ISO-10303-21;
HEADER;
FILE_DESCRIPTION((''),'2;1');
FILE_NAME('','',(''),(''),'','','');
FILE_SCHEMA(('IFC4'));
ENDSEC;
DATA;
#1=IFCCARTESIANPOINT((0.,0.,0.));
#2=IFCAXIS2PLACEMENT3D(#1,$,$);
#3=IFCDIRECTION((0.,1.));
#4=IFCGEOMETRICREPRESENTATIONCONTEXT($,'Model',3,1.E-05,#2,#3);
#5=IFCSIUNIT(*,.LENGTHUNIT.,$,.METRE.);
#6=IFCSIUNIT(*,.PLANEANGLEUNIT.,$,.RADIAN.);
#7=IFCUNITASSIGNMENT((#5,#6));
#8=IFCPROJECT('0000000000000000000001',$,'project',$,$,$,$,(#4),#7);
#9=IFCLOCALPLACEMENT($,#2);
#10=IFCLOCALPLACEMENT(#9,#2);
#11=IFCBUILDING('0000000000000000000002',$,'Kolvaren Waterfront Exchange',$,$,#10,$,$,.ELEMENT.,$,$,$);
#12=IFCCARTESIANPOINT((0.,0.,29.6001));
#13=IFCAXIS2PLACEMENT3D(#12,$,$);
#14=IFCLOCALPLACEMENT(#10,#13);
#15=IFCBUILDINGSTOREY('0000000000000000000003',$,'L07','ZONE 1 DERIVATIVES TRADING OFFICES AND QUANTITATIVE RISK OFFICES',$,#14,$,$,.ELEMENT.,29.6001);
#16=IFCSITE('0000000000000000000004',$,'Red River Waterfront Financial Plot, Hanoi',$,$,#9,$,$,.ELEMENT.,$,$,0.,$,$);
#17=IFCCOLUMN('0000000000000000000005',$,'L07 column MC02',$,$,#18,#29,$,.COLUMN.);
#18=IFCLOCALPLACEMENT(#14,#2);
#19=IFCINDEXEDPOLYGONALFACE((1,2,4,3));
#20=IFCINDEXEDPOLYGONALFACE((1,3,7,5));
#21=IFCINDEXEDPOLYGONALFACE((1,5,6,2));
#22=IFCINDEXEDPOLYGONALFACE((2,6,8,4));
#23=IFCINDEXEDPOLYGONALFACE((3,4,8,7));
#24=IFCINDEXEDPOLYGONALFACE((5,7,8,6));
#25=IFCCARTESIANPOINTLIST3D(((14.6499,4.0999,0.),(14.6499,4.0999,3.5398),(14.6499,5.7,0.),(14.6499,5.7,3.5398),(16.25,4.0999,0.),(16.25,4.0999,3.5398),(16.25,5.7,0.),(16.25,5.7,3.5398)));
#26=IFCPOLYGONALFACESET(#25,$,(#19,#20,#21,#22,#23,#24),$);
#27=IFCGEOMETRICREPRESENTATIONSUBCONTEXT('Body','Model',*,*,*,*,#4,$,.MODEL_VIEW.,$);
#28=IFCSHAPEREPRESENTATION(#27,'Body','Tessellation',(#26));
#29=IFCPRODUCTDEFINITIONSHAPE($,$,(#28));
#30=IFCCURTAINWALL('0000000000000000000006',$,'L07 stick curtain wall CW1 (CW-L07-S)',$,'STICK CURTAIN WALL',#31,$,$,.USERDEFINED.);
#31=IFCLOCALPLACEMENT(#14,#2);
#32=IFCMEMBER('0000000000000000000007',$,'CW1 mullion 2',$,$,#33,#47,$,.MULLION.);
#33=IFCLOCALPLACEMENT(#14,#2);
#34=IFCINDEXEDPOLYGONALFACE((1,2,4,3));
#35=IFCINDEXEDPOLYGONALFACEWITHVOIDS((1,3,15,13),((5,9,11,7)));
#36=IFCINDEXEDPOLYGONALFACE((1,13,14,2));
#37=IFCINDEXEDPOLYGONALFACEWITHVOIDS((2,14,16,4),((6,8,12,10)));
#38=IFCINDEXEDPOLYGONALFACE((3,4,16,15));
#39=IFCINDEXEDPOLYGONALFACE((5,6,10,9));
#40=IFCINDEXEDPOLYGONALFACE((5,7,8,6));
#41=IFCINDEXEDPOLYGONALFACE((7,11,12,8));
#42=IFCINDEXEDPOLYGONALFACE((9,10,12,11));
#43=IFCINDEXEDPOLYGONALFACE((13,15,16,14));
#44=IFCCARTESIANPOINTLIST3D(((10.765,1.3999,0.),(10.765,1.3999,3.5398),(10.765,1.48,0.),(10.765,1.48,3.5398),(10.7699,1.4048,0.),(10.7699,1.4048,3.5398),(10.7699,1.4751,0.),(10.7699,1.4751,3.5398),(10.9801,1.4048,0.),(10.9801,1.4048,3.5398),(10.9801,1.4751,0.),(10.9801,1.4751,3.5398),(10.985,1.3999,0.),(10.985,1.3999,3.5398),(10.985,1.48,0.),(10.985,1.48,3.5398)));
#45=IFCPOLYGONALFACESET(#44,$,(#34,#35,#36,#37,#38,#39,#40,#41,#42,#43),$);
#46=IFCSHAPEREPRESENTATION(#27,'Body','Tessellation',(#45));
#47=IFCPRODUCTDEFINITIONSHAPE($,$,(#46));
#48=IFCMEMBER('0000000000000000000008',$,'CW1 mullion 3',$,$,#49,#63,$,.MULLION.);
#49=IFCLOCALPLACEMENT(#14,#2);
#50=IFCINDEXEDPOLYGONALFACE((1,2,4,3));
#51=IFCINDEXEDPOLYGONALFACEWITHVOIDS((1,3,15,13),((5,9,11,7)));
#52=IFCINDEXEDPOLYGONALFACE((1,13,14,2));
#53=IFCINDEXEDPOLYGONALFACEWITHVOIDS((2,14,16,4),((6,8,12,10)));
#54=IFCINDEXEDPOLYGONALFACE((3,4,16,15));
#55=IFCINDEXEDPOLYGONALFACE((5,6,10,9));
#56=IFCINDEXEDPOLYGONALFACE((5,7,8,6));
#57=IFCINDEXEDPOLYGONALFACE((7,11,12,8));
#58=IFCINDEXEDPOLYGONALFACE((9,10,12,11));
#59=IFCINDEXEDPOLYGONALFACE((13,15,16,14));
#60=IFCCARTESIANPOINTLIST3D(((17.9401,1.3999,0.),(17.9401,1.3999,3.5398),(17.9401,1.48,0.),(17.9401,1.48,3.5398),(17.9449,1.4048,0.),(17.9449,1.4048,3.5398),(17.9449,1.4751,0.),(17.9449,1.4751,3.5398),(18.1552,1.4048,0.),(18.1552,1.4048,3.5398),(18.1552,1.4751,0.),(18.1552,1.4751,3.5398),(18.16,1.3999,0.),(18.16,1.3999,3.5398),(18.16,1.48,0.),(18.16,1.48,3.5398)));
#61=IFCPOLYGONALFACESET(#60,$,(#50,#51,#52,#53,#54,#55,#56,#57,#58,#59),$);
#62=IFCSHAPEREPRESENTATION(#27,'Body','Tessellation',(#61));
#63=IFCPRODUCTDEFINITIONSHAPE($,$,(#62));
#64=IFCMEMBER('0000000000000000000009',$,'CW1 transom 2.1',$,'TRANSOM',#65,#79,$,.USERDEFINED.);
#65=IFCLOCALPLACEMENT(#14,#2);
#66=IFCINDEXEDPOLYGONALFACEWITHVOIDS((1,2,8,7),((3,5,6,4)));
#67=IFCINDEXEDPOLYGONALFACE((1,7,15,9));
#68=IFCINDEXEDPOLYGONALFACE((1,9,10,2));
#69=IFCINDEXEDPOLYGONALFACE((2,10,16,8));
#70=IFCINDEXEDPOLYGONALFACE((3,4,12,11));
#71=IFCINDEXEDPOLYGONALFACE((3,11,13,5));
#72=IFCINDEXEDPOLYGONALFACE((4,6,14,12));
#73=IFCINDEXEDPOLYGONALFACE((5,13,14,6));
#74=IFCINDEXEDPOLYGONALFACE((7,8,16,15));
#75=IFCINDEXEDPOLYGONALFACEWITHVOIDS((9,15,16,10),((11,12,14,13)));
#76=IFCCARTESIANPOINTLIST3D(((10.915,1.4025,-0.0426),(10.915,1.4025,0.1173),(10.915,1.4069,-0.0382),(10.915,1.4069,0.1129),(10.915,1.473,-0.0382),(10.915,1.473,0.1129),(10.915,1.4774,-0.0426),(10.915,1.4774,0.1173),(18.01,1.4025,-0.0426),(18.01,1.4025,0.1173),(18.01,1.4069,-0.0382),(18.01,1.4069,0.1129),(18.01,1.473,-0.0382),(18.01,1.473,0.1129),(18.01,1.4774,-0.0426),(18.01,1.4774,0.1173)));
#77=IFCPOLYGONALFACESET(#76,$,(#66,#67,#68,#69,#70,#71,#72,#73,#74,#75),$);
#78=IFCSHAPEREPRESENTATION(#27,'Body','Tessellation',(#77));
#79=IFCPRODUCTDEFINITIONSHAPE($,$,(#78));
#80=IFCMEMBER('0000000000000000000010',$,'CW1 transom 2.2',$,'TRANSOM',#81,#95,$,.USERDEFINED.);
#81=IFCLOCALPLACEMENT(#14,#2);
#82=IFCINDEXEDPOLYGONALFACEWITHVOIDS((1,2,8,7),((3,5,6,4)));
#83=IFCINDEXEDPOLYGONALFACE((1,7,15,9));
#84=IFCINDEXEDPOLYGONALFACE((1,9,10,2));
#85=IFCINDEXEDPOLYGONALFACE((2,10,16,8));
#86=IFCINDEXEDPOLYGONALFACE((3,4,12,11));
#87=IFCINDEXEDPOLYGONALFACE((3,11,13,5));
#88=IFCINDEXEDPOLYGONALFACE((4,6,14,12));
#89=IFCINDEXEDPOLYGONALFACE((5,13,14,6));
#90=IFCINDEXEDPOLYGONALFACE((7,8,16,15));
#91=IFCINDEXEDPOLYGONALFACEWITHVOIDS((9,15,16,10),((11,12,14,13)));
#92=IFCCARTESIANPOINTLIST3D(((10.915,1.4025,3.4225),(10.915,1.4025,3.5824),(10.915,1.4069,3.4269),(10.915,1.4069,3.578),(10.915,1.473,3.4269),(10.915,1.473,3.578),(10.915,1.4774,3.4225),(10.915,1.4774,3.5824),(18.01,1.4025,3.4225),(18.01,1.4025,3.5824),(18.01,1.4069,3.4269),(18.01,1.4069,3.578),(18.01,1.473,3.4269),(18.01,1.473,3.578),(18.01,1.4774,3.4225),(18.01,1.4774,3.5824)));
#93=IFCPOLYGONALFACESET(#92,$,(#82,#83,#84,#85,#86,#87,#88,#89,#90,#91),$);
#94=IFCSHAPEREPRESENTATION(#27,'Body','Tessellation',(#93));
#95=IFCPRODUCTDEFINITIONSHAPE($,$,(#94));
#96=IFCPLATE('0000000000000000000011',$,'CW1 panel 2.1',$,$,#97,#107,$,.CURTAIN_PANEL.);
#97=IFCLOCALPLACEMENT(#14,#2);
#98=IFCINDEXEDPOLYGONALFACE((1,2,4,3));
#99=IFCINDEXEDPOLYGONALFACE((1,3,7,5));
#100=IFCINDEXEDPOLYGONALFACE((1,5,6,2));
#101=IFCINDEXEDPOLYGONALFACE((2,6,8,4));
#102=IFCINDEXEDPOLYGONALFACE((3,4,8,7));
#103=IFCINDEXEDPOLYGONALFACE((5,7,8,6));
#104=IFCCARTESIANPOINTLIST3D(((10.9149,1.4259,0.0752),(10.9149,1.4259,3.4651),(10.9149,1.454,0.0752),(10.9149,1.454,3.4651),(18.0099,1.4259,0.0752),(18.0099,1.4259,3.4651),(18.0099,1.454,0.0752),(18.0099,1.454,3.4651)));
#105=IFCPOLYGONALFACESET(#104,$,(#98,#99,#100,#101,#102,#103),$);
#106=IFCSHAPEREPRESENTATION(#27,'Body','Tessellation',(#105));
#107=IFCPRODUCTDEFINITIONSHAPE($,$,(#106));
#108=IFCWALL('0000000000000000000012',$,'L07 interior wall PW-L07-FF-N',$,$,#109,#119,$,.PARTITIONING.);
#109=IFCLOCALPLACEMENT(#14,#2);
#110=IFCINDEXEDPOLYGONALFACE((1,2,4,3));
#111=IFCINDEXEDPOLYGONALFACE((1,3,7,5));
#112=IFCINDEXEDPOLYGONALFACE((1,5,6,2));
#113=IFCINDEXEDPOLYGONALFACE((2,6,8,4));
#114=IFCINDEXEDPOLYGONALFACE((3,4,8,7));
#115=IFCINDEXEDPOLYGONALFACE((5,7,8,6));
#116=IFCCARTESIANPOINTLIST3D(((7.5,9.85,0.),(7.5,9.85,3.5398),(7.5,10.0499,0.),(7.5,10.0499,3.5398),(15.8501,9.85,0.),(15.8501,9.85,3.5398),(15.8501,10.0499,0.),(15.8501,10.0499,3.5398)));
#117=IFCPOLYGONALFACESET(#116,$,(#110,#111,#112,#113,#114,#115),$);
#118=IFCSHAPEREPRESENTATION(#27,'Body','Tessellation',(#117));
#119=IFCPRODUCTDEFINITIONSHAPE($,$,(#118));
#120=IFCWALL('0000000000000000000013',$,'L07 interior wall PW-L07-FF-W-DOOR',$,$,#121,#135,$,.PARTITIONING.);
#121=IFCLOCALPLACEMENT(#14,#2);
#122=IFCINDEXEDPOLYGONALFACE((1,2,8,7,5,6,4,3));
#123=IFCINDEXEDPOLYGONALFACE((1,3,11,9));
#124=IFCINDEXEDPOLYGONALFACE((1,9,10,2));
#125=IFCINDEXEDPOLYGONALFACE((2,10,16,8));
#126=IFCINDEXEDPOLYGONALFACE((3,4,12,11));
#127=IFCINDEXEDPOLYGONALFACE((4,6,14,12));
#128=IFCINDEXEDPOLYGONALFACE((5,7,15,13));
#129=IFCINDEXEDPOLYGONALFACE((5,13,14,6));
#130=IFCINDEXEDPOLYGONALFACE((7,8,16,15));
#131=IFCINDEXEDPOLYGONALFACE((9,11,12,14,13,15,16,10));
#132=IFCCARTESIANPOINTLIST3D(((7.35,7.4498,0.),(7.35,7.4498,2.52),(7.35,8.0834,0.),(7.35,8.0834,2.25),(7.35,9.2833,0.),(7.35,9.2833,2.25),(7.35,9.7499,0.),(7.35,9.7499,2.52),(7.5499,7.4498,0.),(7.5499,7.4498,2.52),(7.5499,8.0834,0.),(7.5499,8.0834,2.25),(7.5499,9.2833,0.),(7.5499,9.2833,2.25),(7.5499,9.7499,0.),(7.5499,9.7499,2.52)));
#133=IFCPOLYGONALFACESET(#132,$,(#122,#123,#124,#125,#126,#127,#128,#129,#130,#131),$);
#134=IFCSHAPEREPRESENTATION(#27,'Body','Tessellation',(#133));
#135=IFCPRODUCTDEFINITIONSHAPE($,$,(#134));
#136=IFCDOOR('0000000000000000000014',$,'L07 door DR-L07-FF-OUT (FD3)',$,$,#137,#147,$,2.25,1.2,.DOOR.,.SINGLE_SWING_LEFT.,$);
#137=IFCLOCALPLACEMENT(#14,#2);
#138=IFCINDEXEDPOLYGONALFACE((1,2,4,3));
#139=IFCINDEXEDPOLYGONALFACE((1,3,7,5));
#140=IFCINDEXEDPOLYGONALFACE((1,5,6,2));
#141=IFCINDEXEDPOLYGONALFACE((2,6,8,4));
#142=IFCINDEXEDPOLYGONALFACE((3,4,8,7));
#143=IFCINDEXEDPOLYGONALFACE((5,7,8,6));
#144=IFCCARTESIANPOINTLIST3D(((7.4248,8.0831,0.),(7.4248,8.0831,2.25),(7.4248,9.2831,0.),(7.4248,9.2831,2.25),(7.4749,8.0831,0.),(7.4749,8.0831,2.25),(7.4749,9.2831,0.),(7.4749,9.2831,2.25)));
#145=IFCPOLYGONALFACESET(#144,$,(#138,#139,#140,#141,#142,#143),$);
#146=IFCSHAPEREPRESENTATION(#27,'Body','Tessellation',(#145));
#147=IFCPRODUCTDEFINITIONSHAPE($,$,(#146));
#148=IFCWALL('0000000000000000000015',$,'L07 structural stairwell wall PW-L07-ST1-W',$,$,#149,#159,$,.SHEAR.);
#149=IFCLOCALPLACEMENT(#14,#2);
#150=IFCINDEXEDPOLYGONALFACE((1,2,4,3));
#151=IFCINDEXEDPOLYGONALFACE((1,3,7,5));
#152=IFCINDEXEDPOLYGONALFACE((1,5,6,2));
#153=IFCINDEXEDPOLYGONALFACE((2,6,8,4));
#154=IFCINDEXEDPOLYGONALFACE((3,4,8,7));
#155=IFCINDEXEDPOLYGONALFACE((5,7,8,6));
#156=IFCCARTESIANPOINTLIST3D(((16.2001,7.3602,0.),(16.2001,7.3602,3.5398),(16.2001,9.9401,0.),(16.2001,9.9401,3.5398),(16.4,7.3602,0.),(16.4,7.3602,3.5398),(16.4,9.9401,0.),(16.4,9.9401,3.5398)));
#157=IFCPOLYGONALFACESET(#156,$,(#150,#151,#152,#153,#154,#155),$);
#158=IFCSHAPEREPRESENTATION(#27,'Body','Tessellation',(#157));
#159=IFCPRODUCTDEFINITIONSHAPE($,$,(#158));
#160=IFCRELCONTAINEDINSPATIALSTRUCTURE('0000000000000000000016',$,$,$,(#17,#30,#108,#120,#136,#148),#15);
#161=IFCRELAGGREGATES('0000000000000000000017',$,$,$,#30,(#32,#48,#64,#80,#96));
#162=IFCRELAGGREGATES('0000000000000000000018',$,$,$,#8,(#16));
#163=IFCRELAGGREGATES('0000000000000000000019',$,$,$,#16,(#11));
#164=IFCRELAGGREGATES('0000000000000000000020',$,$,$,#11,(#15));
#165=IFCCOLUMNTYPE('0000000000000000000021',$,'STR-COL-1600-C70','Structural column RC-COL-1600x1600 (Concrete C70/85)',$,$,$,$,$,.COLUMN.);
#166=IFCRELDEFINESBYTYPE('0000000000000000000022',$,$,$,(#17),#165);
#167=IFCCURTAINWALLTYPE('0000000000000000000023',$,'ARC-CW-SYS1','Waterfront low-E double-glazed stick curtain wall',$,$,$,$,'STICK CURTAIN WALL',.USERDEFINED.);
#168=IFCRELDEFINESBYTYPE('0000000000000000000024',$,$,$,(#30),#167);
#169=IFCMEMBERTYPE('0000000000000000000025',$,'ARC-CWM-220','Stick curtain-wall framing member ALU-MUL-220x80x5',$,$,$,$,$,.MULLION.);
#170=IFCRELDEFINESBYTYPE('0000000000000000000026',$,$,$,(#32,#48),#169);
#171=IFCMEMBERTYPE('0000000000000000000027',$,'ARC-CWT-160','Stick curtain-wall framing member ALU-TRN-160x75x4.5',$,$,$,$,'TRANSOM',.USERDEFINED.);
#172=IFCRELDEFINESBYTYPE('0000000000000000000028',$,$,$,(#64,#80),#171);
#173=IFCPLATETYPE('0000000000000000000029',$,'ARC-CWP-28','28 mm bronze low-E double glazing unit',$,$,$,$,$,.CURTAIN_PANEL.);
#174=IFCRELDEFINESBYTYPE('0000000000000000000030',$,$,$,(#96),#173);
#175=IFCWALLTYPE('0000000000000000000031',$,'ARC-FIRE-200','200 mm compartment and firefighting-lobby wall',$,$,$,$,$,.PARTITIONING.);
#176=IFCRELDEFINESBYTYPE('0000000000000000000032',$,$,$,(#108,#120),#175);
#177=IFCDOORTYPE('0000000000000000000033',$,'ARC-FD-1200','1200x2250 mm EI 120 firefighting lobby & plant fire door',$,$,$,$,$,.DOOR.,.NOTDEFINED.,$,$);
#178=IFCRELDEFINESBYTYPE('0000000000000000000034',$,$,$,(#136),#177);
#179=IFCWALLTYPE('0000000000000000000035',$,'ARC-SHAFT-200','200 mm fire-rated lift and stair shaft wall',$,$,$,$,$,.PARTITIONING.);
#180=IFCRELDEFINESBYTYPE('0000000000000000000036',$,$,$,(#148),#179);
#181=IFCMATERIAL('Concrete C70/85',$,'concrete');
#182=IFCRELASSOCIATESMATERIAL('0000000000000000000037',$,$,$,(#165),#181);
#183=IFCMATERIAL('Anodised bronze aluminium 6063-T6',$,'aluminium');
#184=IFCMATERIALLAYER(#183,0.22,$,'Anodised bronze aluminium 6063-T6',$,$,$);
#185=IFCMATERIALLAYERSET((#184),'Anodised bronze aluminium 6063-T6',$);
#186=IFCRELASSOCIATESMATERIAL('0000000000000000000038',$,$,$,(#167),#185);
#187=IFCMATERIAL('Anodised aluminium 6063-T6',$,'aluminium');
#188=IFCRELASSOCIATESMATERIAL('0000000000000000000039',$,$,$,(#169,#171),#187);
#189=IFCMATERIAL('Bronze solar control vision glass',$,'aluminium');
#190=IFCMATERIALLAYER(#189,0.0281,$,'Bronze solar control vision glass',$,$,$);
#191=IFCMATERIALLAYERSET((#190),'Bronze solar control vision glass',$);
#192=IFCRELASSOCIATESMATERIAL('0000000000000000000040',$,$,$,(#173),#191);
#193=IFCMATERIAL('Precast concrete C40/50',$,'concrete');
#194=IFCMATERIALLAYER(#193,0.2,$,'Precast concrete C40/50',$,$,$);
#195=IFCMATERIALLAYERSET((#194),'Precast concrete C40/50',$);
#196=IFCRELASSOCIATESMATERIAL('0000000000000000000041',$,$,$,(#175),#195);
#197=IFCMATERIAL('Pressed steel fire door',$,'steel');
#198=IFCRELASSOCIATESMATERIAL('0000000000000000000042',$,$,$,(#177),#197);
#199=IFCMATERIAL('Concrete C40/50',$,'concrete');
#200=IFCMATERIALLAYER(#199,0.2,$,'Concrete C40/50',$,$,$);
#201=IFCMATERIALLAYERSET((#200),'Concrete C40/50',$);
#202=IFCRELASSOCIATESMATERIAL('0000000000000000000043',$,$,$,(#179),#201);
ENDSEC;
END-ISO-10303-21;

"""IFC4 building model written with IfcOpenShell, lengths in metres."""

from ifc_helpers import new_model, si_unit, direction, frame, frame_2d, origin, origin_with_axes, origin_2d, place, context, subcontext, project, spatial, rectangle, hollow_rectangle, extrude, source, transform, mapped, material, layer, layer_set, material_profile, profile_set, type_object, element, fill, aggregate, save


model = new_model("IFC4")

# Units and contexts
model_context = context("Model", 3, precision=1e-05, world=origin(), true_north=direction((0.0, 1.0)))
body_context = subcontext(model_context, "Body", "Model", "MODEL_VIEW")
ifc_project = project(units=[si_unit("LENGTHUNIT", "METRE"), si_unit("PLANEANGLEUNIT", "RADIAN")], contexts=[model_context])

# Site, building, storey
site_placement = place(None, origin())
site = spatial("IfcSite", under=ifc_project, at=site_placement, Name="Red River Waterfront Financial Plot, Hanoi", CompositionType="ELEMENT", RefElevation=0.0)
building_placement = place(site_placement, origin())
building = spatial("IfcBuilding", under=site, at=building_placement, Name="Kolvaren Waterfront Exchange", CompositionType="ELEMENT")
storey_placement = place(building_placement, frame((0.0, 0.0, 29.6001)))
storey = spatial("IfcBuildingStorey", under=building, at=storey_placement, Name="L07", Description="ZONE 1 DERIVATIVES TRADING OFFICES AND QUANTITATIVE RISK OFFICES", CompositionType="ELEMENT", Elevation=29.6001)

# Column
ifc_material_1 = material(Name="Concrete C70/85", Category="concrete")
ifc_material_profile_1 = material_profile(ifc_material_1, rectangle(XDim=1.6001, YDim=1.6001, at=origin_2d()), Name="RC-COL-1600x1600")
ifc_profile_set_1 = profile_set([ifc_material_profile_1], Name="Concrete C70/85")
column_type = type_object("IfcColumnType", Name="STR-COL-1600-C70", Description="Structural column RC-COL-1600x1600 (Concrete C70/85)", PredefinedType="COLUMN", material=ifc_profile_set_1)
column_placement = place(storey_placement, frame((15.45, 4.8999, 0.0), z_axis=(0.0, 0.0, 1.0), x_axis=(1.0, 0.0, 0.0)))
element("IfcColumn", 1, at=column_placement, inside=storey, type_object=column_type, Name="L07 column MC02", PredefinedType="COLUMN", context=body_context, shape_type="SweptSolid", body=[
    extrude(rectangle(XDim=1.6001, YDim=1.6001, at=origin_2d()), origin(), (0.0, 0.0, 1.0), 3.5398),
])

# Curtain wall, members, plate
ifc_material_2 = material(Name="Anodised bronze aluminium 6063-T6", Category="aluminium")
ifc_layer_1 = layer(ifc_material_2, 0.22, Name="Anodised bronze aluminium 6063-T6")
ifc_layer_set_1 = layer_set([ifc_layer_1], Name="Anodised bronze aluminium 6063-T6")
curtain_wall_type = type_object("IfcCurtainWallType", Name="ARC-CW-SYS1", Description="Waterfront low-E double-glazed stick curtain wall", ElementType="STICK CURTAIN WALL", PredefinedType="USERDEFINED", material=ifc_layer_set_1)
curtain_wall_placement = place(storey_placement, origin())
curtain_wall = element("IfcCurtainWall", 2, at=curtain_wall_placement, inside=storey, type_object=curtain_wall_type, Name="L07 stick curtain wall CW1 (CW-L07-S)", ObjectType="STICK CURTAIN WALL", PredefinedType="USERDEFINED")
ifc_material_3 = material(Name="Anodised aluminium 6063-T6", Category="aluminium")
ifc_material_profile_2 = material_profile(ifc_material_3, hollow_rectangle(XDim=0.0801, YDim=0.22, WallThickness=0.0049, at=origin_2d()), Name="ALU-MUL-220x80x5")
ifc_profile_set_2 = profile_set([ifc_material_profile_2], Name="Anodised aluminium 6063-T6")
member_type_1 = type_object("IfcMemberType", Name="ARC-CWM-220", Description="Stick curtain-wall framing member ALU-MUL-220x80x5", PredefinedType="MULLION", material=ifc_profile_set_2)
shared_shape_1 = source(origin_with_axes(), body_context, "Body", "SweptSolid", [
    extrude(hollow_rectangle(XDim=0.0801, YDim=0.22, WallThickness=0.0049, at=origin_2d()), origin(), (0.0, 0.0, 1.0), 3.5398),
])
member_1_placement = place(storey_placement, frame((10.875, 1.4399, 0.0), z_axis=(0.0, 0.0, 1.0), x_axis=(0.0, 1.0, 0.0)))
member_1 = element("IfcMember", 3, at=member_1_placement, type_object=member_type_1, Name="CW1 mullion 2", PredefinedType="MULLION", context=body_context, shape_type="MappedRepresentation", body=[
    mapped(shared_shape_1, transform((0.0, 0.0, 0.0), x_axis=(1.0, 0.0, 0.0), y_axis=(0.0, 1.0, 0.0), z_axis=(0.0, 0.0, 1.0), scale=1.0)),
])
member_2_placement = place(storey_placement, frame((18.05, 1.4399, 0.0), z_axis=(0.0, 0.0, 1.0), x_axis=(0.0, 1.0, 0.0)))
member_2 = element("IfcMember", 4, at=member_2_placement, type_object=member_type_1, Name="CW1 mullion 3", PredefinedType="MULLION", context=body_context, shape_type="MappedRepresentation", body=[
    mapped(shared_shape_1, transform((0.0, 0.0, 0.0), x_axis=(1.0, 0.0, 0.0), y_axis=(0.0, 1.0, 0.0), z_axis=(0.0, 0.0, 1.0), scale=1.0)),
])
ifc_material_profile_3 = material_profile(ifc_material_3, hollow_rectangle(XDim=0.075, YDim=0.1599, WallThickness=0.0044, at=origin_2d()), Name="ALU-TRN-160x75x4.5")
ifc_profile_set_3 = profile_set([ifc_material_profile_3], Name="Anodised aluminium 6063-T6")
member_type_2 = type_object("IfcMemberType", Name="ARC-CWT-160", Description="Stick curtain-wall framing member ALU-TRN-160x75x4.5", ElementType="TRANSOM", PredefinedType="USERDEFINED", material=ifc_profile_set_3)
shared_shape_2 = source(origin_with_axes(), body_context, "Body", "SweptSolid", [
    extrude(hollow_rectangle(XDim=0.075, YDim=0.1599, WallThickness=0.0044, at=origin_2d()), origin(), (0.0, 0.0, 1.0), 7.095),
])
member_3_placement = place(storey_placement, frame((10.915, 1.4399, 0.0374), z_axis=(1.0, 0.0, 0.0), x_axis=(0.0, 1.0, 0.0)))
member_3 = element("IfcMember", 5, at=member_3_placement, type_object=member_type_2, Name="CW1 transom 2.1", ObjectType="TRANSOM", PredefinedType="USERDEFINED", context=body_context, shape_type="MappedRepresentation", body=[
    mapped(shared_shape_2, transform((0.0, 0.0, 0.0), x_axis=(1.0, 0.0, 0.0), y_axis=(0.0, 1.0, 0.0), z_axis=(0.0, 0.0, 1.0), scale=1.0)),
])
member_4_placement = place(storey_placement, frame((10.915, 1.4399, 3.5024), z_axis=(1.0, 0.0, 0.0), x_axis=(0.0, 1.0, 0.0)))
member_4 = element("IfcMember", 6, at=member_4_placement, type_object=member_type_2, Name="CW1 transom 2.2", ObjectType="TRANSOM", PredefinedType="USERDEFINED", context=body_context, shape_type="MappedRepresentation", body=[
    mapped(shared_shape_2, transform((0.0, 0.0, 0.0), x_axis=(1.0, 0.0, 0.0), y_axis=(0.0, 1.0, 0.0), z_axis=(0.0, 0.0, 1.0), scale=1.0)),
])
ifc_material_4 = material(Name="Bronze solar control vision glass", Category="aluminium")
ifc_layer_2 = layer(ifc_material_4, 0.0281, Name="Bronze solar control vision glass")
ifc_layer_set_2 = layer_set([ifc_layer_2], Name="Bronze solar control vision glass")
plate_type = type_object("IfcPlateType", Name="ARC-CWP-28", Description="28 mm bronze low-E double glazing unit", PredefinedType="CURTAIN_PANEL", material=ifc_layer_set_2)
shared_shape_3 = source(origin_with_axes(), body_context, "Body", "SweptSolid", [
    extrude(rectangle(XDim=7.095, YDim=0.0281, at=origin_2d()), origin(), (0.0, 0.0, 1.0), 3.3899),
])
plate_placement = place(storey_placement, frame((14.4624, 1.4399, 0.0752), z_axis=(0.0, 0.0, 1.0), x_axis=(1.0, 0.0, 0.0)))
plate = element("IfcPlate", 7, at=plate_placement, type_object=plate_type, Name="CW1 panel 2.1", PredefinedType="CURTAIN_PANEL", context=body_context, shape_type="MappedRepresentation", body=[
    mapped(shared_shape_3, transform((0.0, 0.0, 0.0), x_axis=(1.0, 0.0, 0.0), y_axis=(0.0, 1.0, 0.0), z_axis=(0.0, 0.0, 1.0), scale=1.0)),
])
aggregate(curtain_wall, [member_1, member_2, member_3, member_4, plate])

# Wall
ifc_material_5 = material(Name="Precast concrete C40/50", Category="concrete")
ifc_layer_3 = layer(ifc_material_5, 0.2, Name="Precast concrete C40/50")
ifc_layer_set_3 = layer_set([ifc_layer_3], Name="Precast concrete C40/50")
wall_type_1 = type_object("IfcWallType", Name="ARC-FIRE-200", Description="200 mm compartment and firefighting-lobby wall", PredefinedType="PARTITIONING", material=ifc_layer_set_3)
wall_1_placement = place(storey_placement, frame((7.5, 9.95, 0.0), z_axis=(0.0, 0.0, 1.0), x_axis=(1.0, 0.0, 0.0)))
element("IfcWall", 8, at=wall_1_placement, inside=storey, type_object=wall_type_1, Name="L07 interior wall PW-L07-FF-N", PredefinedType="PARTITIONING", context=body_context, shape_type="SweptSolid", body=[
    extrude(rectangle(XDim=8.3501, YDim=0.2, at=frame_2d((4.175, 0.0))), origin(), (0.0, 0.0, 1.0), 3.5398),
])

# Wall, opening, door
wall_2_placement = place(storey_placement, frame((7.45, 7.45, 0.0), z_axis=(0.0, 0.0, 1.0), x_axis=(0.0, 1.0, 0.0)))
wall_2 = element("IfcWall", 9, at=wall_2_placement, inside=storey, type_object=wall_type_1, Name="L07 interior wall PW-L07-FF-W-DOOR", PredefinedType="PARTITIONING", context=body_context, shape_type="SweptSolid", body=[
    extrude(rectangle(XDim=2.3, YDim=0.2, at=frame_2d((1.1499, 0.0))), origin(), (0.0, 0.0, 1.0), 2.52),
])
opening_1_placement = place(wall_2_placement, frame((0.6333, 0.0, 0.0)))
opening_1 = element("IfcOpeningElement", 10, at=opening_1_placement, cuts=wall_2, PredefinedType="OPENING", context=body_context, shape_type="SweptSolid", body=[
    extrude(rectangle(XDim=1.2, YDim=2.25, at=frame_2d((0.6001, 1.125))), frame((0.0, 0.1099, 0.0), z_axis=(0.0, -1.0, 0.0), x_axis=(1.0, 0.0, 0.0)), (0.0, 0.0, 1.0), 0.22),
])
ifc_material_6 = material(Name="Pressed steel fire door", Category="steel")
door_type_1 = type_object("IfcDoorType", Name="ARC-FD-1200", Description="1200x2250 mm EI 120 firefighting lobby & plant fire door", OperationType="NOTDEFINED", PredefinedType="DOOR", material=ifc_material_6)
door_1_placement = place(opening_1_placement, frame((1.2, 0.0, 0.0), z_axis=(0.0, 0.0, 1.0), x_axis=(-1.0, 0.0, 0.0)))
door_1 = element("IfcDoor", 11, at=door_1_placement, inside=storey, type_object=door_type_1, Name="L07 door DR-L07-FF-OUT (FD3)", OperationType="SINGLE_SWING_LEFT", OverallHeight=2.25, OverallWidth=1.2, PredefinedType="DOOR", context=body_context, shape_type="SweptSolid", body=[
    extrude(rectangle(XDim=1.2, YDim=2.25, at=frame_2d((0.6001, 1.125))), frame((0.0, 0.0249, 0.0), z_axis=(0.0, -1.0, 0.0), x_axis=(1.0, 0.0, 0.0)), (0.0, 0.0, 1.0), 0.05),
])
fill(opening_1, door_1)

# Wall
ifc_material_7 = material(Name="Concrete C40/50", Category="concrete")
ifc_layer_4 = layer(ifc_material_7, 0.2, Name="Concrete C40/50")
ifc_layer_set_4 = layer_set([ifc_layer_4], Name="Concrete C40/50")
wall_type_2 = type_object("IfcWallType", Name="ARC-SHAFT-200", Description="200 mm fire-rated lift and stair shaft wall", PredefinedType="PARTITIONING", material=ifc_layer_set_4)
wall_3_placement = place(storey_placement, frame((16.3, 7.3601, 0.0), z_axis=(0.0, 0.0, 1.0), x_axis=(0.0, 1.0, 0.0)))
element("IfcWall", 12, at=wall_3_placement, inside=storey, type_object=wall_type_2, Name="L07 structural stairwell wall PW-L07-ST1-W", PredefinedType="SHEAR", context=body_context, shape_type="SweptSolid", body=[
    extrude(rectangle(XDim=2.5798, YDim=0.2, at=frame_2d((1.29, 0.0))), origin(), (0.0, 0.0, 1.0), 3.5398),
])

save(model, "model.ifc")
